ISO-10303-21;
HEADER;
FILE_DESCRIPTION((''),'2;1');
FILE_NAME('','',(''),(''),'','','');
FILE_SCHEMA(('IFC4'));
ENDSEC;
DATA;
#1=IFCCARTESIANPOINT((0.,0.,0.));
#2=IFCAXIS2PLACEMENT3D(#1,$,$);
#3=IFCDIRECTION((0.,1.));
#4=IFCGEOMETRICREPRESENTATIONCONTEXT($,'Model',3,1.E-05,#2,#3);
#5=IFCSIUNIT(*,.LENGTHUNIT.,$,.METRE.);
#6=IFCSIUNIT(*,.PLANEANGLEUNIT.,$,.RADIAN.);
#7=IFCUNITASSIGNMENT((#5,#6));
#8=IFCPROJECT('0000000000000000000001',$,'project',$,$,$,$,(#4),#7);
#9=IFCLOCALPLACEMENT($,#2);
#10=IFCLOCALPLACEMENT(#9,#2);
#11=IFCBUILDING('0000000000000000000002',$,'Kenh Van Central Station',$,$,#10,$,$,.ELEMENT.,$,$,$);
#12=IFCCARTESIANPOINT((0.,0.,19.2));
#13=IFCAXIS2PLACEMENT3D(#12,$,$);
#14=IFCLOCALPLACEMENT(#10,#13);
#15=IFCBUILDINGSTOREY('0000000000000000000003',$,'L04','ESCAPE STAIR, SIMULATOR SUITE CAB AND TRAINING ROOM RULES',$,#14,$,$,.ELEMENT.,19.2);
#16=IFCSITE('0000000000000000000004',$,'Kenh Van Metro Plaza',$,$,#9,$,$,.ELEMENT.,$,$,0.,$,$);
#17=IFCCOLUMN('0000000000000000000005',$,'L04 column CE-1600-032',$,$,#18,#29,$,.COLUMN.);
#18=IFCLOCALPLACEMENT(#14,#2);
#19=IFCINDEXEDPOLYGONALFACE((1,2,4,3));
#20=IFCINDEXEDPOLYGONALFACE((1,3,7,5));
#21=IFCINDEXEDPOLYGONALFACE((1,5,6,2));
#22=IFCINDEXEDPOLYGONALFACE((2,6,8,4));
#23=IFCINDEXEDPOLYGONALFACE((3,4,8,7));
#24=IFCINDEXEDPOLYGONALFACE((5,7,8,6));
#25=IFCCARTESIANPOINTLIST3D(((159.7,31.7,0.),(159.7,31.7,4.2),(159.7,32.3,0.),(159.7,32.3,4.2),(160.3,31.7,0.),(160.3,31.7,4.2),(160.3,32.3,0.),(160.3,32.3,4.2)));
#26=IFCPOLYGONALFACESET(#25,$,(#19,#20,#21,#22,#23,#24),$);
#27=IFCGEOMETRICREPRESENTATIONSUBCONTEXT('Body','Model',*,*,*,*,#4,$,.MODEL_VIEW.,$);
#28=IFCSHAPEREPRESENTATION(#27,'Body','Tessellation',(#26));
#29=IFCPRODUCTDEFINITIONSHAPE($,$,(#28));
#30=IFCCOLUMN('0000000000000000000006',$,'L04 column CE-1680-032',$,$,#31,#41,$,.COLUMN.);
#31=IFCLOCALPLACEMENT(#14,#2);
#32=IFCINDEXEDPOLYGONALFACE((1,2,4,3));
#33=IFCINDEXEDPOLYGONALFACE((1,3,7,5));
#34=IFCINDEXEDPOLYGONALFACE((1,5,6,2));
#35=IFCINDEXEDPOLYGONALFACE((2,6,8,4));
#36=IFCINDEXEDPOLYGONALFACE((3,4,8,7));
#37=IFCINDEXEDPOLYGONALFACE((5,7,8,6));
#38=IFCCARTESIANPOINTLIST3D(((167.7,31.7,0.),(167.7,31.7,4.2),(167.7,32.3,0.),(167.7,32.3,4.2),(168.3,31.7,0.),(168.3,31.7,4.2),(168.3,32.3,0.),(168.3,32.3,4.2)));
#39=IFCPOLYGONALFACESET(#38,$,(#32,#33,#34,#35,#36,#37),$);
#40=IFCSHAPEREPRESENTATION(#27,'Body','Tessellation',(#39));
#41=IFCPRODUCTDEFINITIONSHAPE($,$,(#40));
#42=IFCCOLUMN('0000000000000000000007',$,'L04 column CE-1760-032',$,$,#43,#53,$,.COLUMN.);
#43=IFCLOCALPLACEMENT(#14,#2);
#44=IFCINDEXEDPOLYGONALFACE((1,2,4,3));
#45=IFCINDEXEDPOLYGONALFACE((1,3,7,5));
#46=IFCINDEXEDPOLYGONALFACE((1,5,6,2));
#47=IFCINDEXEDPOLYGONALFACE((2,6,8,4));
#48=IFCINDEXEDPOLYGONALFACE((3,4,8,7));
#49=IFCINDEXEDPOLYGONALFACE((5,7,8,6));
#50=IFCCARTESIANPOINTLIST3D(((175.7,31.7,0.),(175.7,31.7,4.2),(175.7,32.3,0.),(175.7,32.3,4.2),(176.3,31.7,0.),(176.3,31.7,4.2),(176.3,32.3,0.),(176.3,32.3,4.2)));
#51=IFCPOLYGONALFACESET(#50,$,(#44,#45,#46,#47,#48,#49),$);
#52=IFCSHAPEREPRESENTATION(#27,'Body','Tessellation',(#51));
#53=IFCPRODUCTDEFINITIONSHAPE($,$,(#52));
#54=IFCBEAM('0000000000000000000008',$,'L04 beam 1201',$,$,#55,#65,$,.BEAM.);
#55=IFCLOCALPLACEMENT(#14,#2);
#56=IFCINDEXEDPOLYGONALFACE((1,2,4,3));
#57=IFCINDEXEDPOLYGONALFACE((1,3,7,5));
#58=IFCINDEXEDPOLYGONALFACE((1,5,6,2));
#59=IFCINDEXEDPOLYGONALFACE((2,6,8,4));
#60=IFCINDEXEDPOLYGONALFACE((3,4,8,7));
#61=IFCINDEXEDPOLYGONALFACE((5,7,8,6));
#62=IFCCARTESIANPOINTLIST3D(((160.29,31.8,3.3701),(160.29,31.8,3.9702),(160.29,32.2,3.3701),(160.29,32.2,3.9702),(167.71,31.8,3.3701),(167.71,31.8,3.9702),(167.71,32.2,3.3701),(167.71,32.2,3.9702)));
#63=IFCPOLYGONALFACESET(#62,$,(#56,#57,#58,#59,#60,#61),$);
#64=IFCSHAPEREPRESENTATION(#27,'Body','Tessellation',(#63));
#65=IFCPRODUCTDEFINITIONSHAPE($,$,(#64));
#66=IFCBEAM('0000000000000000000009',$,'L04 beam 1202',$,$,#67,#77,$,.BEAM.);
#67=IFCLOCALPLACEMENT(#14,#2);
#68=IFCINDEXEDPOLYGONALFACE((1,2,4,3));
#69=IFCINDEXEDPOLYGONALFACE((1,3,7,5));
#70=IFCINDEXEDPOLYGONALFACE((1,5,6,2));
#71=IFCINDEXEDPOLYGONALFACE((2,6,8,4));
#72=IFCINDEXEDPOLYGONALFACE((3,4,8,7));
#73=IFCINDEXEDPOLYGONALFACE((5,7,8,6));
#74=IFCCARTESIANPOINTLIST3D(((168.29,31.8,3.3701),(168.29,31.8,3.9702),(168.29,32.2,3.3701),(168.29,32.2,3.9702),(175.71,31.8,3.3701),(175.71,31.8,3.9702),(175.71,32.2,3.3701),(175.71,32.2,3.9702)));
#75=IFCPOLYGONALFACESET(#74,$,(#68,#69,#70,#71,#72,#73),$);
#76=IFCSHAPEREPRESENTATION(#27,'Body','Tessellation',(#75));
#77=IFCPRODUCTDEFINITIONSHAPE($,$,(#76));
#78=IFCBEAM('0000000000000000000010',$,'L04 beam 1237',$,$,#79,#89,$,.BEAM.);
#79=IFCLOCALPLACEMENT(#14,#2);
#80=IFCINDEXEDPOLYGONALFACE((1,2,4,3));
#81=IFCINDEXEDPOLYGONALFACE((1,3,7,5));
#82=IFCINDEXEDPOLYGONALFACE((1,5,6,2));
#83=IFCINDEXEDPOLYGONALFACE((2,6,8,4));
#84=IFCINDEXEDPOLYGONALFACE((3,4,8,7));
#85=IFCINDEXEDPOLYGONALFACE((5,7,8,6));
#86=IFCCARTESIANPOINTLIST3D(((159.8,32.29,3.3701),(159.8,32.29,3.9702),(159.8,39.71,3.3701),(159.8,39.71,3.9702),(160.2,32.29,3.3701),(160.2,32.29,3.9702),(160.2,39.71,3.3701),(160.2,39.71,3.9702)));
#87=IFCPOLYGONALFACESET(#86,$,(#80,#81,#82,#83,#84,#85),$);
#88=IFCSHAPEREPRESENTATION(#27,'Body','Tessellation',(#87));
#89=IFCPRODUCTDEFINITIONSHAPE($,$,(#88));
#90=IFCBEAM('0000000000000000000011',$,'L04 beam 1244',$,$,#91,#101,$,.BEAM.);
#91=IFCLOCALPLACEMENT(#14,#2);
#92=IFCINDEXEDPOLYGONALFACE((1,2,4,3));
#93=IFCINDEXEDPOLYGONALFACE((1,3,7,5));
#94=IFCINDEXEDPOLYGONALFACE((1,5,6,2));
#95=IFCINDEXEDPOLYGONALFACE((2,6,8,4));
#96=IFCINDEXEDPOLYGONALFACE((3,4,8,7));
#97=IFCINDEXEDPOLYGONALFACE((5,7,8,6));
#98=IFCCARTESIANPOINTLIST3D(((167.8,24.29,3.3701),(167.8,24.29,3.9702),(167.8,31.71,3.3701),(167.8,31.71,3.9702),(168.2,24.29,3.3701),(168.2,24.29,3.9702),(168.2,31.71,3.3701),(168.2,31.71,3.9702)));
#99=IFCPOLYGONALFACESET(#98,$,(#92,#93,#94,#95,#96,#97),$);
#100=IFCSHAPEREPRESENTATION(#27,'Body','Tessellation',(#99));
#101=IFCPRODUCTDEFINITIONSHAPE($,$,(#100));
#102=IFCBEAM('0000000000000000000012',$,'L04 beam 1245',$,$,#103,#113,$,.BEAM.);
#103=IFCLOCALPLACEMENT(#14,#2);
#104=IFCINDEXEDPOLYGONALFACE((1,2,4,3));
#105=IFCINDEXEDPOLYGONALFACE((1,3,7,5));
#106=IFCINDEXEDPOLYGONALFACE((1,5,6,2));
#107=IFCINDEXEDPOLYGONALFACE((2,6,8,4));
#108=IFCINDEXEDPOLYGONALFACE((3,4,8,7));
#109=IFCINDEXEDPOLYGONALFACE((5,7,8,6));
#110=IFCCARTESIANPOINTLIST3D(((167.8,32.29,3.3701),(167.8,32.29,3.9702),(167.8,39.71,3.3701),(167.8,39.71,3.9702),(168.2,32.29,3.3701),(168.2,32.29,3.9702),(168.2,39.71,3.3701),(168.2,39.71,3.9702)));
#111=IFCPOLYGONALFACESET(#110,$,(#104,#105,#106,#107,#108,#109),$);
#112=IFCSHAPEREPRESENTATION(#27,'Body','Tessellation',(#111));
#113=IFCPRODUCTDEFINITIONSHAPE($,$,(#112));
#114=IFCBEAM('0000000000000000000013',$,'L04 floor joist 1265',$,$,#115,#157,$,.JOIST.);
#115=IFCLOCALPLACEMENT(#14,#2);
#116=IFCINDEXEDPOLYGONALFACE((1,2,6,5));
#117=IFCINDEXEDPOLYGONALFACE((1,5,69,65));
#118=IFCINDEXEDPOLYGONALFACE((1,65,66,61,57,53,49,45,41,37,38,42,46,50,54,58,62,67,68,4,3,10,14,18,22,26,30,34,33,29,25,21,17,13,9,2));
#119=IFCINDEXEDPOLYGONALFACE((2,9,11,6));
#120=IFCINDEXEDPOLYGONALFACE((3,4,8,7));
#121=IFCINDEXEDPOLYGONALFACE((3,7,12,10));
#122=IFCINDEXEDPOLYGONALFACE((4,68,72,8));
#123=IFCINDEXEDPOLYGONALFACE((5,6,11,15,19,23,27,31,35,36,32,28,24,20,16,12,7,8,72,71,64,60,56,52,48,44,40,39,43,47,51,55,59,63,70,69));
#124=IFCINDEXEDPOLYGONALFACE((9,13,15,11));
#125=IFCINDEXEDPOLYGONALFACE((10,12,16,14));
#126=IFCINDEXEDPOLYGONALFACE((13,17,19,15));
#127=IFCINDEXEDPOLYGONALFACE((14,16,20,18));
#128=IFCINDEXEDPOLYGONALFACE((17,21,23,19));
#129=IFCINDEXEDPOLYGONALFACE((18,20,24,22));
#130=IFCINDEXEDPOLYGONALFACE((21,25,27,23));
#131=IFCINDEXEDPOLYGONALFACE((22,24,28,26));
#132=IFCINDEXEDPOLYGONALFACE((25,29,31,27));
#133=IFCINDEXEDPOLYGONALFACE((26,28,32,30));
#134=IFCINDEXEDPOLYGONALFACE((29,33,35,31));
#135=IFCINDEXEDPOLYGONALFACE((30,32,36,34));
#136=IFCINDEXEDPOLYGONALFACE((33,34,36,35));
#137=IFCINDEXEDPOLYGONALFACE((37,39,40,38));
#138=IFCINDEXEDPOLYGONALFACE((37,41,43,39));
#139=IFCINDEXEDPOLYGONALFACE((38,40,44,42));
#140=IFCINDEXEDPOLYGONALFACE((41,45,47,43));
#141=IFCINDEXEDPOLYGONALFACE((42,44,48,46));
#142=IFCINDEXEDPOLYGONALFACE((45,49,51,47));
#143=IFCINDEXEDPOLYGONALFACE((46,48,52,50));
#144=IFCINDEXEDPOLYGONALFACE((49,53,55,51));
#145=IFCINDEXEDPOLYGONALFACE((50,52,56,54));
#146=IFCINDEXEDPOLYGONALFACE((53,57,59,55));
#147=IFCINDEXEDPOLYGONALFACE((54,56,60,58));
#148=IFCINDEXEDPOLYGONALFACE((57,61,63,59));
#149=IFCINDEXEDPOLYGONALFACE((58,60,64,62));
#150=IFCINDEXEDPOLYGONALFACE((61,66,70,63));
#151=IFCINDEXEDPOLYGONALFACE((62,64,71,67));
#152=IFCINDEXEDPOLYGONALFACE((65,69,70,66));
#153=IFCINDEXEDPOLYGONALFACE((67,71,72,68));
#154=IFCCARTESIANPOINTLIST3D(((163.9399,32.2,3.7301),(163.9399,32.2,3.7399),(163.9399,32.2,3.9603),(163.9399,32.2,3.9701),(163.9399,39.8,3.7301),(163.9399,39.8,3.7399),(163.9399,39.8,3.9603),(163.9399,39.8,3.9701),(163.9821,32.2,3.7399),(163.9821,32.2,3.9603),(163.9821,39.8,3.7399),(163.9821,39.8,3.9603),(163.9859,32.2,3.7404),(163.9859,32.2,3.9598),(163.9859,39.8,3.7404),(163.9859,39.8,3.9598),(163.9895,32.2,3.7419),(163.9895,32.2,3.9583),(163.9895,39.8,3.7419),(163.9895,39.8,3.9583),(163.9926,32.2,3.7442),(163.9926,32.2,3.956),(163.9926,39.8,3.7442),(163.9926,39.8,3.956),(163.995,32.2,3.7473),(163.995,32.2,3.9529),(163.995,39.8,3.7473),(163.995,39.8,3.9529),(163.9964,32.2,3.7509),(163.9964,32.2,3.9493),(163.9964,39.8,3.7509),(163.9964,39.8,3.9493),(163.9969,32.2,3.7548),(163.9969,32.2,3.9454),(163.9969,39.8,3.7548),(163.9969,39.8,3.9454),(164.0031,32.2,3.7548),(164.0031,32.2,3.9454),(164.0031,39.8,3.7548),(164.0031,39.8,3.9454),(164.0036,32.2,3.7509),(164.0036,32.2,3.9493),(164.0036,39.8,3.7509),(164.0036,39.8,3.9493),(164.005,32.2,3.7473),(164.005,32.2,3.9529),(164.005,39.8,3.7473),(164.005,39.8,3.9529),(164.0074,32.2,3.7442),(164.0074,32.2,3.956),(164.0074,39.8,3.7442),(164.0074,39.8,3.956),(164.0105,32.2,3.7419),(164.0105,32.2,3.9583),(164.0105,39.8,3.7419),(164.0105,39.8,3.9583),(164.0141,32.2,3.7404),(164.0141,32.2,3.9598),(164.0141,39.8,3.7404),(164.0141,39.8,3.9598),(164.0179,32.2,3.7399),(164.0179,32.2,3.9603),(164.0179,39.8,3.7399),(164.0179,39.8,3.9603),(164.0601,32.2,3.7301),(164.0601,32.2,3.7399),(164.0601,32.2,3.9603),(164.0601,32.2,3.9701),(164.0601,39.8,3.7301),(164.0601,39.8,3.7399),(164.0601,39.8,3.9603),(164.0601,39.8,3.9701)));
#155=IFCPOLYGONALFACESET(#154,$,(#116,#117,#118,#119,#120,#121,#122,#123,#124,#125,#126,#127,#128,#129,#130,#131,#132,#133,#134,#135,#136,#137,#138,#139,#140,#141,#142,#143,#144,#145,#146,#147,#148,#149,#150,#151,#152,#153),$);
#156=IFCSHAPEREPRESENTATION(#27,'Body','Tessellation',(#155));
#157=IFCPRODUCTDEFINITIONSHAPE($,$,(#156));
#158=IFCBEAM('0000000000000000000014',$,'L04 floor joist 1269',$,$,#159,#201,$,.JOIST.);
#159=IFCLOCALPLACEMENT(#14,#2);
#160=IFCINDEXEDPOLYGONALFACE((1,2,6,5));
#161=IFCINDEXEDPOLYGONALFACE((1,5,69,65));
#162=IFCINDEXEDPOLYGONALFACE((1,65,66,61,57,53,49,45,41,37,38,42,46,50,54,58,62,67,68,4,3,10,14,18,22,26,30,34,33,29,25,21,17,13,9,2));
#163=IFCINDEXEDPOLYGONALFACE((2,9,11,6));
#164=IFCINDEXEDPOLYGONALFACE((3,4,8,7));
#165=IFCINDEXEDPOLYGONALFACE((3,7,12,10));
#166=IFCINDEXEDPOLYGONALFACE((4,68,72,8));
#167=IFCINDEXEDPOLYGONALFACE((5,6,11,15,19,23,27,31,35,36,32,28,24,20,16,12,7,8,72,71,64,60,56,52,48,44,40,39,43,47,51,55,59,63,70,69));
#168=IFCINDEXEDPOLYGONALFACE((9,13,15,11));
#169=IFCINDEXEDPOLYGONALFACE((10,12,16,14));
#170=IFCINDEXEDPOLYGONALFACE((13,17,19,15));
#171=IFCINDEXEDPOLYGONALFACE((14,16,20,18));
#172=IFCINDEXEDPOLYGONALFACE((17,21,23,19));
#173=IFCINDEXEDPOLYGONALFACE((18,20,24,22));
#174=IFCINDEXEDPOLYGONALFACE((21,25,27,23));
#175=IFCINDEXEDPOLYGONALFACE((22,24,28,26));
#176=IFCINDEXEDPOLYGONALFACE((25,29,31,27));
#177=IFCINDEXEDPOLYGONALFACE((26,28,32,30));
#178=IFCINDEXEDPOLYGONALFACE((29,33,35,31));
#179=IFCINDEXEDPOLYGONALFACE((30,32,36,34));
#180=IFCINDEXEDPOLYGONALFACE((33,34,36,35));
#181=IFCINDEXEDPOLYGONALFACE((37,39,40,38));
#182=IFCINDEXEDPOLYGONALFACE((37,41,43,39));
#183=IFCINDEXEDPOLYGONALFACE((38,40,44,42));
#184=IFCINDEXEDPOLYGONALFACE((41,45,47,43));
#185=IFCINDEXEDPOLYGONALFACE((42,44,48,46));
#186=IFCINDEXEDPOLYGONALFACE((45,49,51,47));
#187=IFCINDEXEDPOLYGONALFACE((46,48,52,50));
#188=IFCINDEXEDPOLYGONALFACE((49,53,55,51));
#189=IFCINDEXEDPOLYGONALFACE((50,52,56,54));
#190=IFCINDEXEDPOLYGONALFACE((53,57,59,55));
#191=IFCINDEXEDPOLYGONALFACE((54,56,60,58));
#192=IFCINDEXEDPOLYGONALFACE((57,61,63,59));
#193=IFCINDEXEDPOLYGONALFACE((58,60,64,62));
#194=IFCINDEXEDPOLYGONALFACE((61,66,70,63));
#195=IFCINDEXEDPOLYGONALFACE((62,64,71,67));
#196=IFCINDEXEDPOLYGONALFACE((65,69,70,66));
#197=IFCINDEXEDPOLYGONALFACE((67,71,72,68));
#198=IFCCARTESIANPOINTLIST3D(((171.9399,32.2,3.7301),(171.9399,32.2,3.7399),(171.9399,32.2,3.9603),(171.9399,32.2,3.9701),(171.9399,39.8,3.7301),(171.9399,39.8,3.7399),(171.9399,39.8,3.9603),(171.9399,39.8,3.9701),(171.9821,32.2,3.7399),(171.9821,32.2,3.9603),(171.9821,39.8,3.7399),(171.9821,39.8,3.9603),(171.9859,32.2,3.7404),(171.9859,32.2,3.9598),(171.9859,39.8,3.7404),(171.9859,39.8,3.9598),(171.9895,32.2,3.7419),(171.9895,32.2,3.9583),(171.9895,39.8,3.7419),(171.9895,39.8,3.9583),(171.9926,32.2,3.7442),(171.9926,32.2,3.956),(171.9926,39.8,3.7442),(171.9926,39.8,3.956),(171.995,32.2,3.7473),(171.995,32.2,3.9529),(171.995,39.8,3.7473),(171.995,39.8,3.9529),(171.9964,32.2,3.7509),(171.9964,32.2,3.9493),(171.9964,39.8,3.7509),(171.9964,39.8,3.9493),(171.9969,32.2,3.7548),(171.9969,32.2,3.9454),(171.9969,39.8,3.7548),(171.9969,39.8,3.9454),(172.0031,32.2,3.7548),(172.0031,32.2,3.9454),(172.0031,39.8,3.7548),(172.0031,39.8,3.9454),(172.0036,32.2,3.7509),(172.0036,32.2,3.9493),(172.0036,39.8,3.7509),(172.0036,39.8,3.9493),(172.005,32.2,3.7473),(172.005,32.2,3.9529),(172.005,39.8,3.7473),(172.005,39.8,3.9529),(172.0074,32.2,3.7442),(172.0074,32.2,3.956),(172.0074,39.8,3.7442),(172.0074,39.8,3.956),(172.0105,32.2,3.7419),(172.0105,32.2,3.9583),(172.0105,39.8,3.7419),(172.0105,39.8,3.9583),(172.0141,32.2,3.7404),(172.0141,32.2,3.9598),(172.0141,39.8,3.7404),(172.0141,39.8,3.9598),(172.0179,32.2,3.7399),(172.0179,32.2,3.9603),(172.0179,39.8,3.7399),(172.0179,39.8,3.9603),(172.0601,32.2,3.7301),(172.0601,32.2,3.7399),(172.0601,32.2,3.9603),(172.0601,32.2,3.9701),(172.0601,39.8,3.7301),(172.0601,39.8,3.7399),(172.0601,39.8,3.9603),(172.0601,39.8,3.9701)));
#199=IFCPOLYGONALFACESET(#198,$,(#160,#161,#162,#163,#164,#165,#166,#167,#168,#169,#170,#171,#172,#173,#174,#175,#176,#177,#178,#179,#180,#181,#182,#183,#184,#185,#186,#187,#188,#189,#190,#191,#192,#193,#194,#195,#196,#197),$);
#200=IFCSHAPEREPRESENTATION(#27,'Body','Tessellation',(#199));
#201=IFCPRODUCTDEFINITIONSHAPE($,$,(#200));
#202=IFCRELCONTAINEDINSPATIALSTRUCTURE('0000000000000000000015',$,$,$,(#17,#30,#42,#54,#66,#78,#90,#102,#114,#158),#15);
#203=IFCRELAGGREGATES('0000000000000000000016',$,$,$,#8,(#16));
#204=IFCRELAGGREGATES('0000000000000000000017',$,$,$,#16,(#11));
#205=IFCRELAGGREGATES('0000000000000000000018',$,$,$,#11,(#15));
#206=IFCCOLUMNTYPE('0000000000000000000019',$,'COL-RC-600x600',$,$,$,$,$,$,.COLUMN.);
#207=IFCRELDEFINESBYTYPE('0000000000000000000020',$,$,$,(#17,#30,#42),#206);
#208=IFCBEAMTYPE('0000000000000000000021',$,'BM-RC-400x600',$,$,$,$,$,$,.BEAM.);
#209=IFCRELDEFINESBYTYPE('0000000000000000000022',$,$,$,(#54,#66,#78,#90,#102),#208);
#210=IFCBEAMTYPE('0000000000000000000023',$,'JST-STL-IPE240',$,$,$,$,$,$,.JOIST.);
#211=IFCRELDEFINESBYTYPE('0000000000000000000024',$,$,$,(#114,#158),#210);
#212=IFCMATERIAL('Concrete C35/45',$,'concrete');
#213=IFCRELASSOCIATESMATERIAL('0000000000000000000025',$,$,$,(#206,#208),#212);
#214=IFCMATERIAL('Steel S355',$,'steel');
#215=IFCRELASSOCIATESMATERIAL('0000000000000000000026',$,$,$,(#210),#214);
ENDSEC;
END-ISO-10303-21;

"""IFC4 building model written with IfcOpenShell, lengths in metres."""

from ifc_helpers import new_model, si_unit, direction, frame, origin, origin_2d, place, context, subcontext, project, spatial, rectangle, i_section, extrude, material, material_profile, profile_set, type_object, element, save


model = new_model("IFC4")

# Units and contexts
model_context = context("Model", 3, precision=1e-05, world=origin(), true_north=direction((0.0, 1.0)))
body_context = subcontext(model_context, "Body", "Model", "MODEL_VIEW")
ifc_project = project(units=[si_unit("LENGTHUNIT", "METRE"), si_unit("PLANEANGLEUNIT", "RADIAN")], contexts=[model_context])

# Site, building, storey
site_placement = place(None, origin())
site = spatial("IfcSite", under=ifc_project, at=site_placement, Name="Kenh Van Metro Plaza", CompositionType="ELEMENT", RefElevation=0.0)
building_placement = place(site_placement, origin())
building = spatial("IfcBuilding", under=site, at=building_placement, Name="Kenh Van Central Station", CompositionType="ELEMENT")
storey_placement = place(building_placement, frame((0.0, 0.0, 19.2)))
storey = spatial("IfcBuildingStorey", under=building, at=storey_placement, Name="L04", Description="ESCAPE STAIR, SIMULATOR SUITE CAB AND TRAINING ROOM RULES", CompositionType="ELEMENT", Elevation=19.2)

# Columns
ifc_material_1 = material(Name="Concrete C35/45", Category="concrete")
ifc_material_profile_1 = material_profile(ifc_material_1, rectangle(XDim=0.6001, YDim=0.6001, at=origin_2d()), Name="RC 600x600")
ifc_profile_set_1 = profile_set([ifc_material_profile_1], Name="Concrete C35/45")
column_type = type_object("IfcColumnType", Name="COL-RC-600x600", PredefinedType="COLUMN", material=ifc_profile_set_1)
for number, where, z_axis, x_axis, name in (
    (1, (160.0, 32.0, 0.0), (0.0, 0.0, 1.0), (1.0, 0.0, 0.0), "L04 column CE-1600-032"),
    (2, (168.0, 32.0, 0.0), (0.0, 0.0, 1.0), (1.0, 0.0, 0.0), "L04 column CE-1680-032"),
    (3, (176.0, 32.0, 0.0), (0.0, 0.0, 1.0), (1.0, 0.0, 0.0), "L04 column CE-1760-032"),
):
    element("IfcColumn", number, at=place(storey_placement, frame(where, z_axis=z_axis, x_axis=x_axis)), inside=storey, type_object=column_type, Name=name, PredefinedType="COLUMN", context=body_context, shape_type="SweptSolid", body=[
        extrude(rectangle(XDim=0.6001, YDim=0.6001, at=origin_2d()), origin(), (0.0, 0.0, 1.0), 4.2),
    ])

# Beams
ifc_material_profile_2 = material_profile(ifc_material_1, rectangle(XDim=0.3999, YDim=0.6001, at=origin_2d()), Name="RC 400x600")
ifc_profile_set_2 = profile_set([ifc_material_profile_2], Name="Concrete C35/45")
beam_type_1 = type_object("IfcBeamType", Name="BM-RC-400x600", PredefinedType="BEAM", material=ifc_profile_set_2)
for number, where, z_axis, x_axis, name in (
    (4, (160.29, 32.0, 3.6702), (1.0, 0.0, 0.0), (0.0, 1.0, 0.0), "L04 beam 1201"),
    (5, (168.29, 32.0, 3.6702), (1.0, 0.0, 0.0), (0.0, 1.0, 0.0), "L04 beam 1202"),
    (6, (160.0, 32.29, 3.6702), (0.0, 1.0, 0.0), (-1.0, 0.0, 0.0), "L04 beam 1237"),
    (7, (168.0, 24.29, 3.6702), (0.0, 1.0, 0.0), (-1.0, 0.0, 0.0), "L04 beam 1244"),
    (8, (168.0, 32.29, 3.6702), (0.0, 1.0, 0.0), (-1.0, 0.0, 0.0), "L04 beam 1245"),
):
    element("IfcBeam", number, at=place(storey_placement, frame(where, z_axis=z_axis, x_axis=x_axis)), inside=storey, type_object=beam_type_1, Name=name, PredefinedType="BEAM", context=body_context, shape_type="SweptSolid", body=[
        extrude(rectangle(XDim=0.3999, YDim=0.6001, at=origin_2d()), origin(), (0.0, 0.0, 1.0), 7.4199),
    ])
ifc_material_2 = material(Name="Steel S355", Category="steel")
ifc_material_profile_3 = material_profile(ifc_material_2, i_section(OverallWidth=0.1201, OverallDepth=0.24, WebThickness=0.0061, FlangeThickness=0.0098, FilletRadius=0.0149, at=origin_2d()), Name="IPE 240")
ifc_profile_set_3 = profile_set([ifc_material_profile_3], Name="Steel S355")
beam_type_2 = type_object("IfcBeamType", Name="JST-STL-IPE240", PredefinedType="JOIST", material=ifc_profile_set_3)
for number, where, z_axis, x_axis, name in (
    (9, (164.0, 32.2, 3.8501), (0.0, 1.0, 0.0), (-1.0, 0.0, 0.0), "L04 floor joist 1265"),
    (10, (172.0, 32.2, 3.8501), (0.0, 1.0, 0.0), (-1.0, 0.0, 0.0), "L04 floor joist 1269"),
):
    element("IfcBeam", number, at=place(storey_placement, frame(where, z_axis=z_axis, x_axis=x_axis)), inside=storey, type_object=beam_type_2, Name=name, PredefinedType="JOIST", context=body_context, shape_type="SweptSolid", body=[
        extrude(i_section(OverallWidth=0.1201, OverallDepth=0.24, WebThickness=0.0061, FlangeThickness=0.0098, FilletRadius=0.0149, at=origin_2d()), origin(), (0.0, 0.0, 1.0), 7.6001),
    ])

save(model, "model.ifc")
